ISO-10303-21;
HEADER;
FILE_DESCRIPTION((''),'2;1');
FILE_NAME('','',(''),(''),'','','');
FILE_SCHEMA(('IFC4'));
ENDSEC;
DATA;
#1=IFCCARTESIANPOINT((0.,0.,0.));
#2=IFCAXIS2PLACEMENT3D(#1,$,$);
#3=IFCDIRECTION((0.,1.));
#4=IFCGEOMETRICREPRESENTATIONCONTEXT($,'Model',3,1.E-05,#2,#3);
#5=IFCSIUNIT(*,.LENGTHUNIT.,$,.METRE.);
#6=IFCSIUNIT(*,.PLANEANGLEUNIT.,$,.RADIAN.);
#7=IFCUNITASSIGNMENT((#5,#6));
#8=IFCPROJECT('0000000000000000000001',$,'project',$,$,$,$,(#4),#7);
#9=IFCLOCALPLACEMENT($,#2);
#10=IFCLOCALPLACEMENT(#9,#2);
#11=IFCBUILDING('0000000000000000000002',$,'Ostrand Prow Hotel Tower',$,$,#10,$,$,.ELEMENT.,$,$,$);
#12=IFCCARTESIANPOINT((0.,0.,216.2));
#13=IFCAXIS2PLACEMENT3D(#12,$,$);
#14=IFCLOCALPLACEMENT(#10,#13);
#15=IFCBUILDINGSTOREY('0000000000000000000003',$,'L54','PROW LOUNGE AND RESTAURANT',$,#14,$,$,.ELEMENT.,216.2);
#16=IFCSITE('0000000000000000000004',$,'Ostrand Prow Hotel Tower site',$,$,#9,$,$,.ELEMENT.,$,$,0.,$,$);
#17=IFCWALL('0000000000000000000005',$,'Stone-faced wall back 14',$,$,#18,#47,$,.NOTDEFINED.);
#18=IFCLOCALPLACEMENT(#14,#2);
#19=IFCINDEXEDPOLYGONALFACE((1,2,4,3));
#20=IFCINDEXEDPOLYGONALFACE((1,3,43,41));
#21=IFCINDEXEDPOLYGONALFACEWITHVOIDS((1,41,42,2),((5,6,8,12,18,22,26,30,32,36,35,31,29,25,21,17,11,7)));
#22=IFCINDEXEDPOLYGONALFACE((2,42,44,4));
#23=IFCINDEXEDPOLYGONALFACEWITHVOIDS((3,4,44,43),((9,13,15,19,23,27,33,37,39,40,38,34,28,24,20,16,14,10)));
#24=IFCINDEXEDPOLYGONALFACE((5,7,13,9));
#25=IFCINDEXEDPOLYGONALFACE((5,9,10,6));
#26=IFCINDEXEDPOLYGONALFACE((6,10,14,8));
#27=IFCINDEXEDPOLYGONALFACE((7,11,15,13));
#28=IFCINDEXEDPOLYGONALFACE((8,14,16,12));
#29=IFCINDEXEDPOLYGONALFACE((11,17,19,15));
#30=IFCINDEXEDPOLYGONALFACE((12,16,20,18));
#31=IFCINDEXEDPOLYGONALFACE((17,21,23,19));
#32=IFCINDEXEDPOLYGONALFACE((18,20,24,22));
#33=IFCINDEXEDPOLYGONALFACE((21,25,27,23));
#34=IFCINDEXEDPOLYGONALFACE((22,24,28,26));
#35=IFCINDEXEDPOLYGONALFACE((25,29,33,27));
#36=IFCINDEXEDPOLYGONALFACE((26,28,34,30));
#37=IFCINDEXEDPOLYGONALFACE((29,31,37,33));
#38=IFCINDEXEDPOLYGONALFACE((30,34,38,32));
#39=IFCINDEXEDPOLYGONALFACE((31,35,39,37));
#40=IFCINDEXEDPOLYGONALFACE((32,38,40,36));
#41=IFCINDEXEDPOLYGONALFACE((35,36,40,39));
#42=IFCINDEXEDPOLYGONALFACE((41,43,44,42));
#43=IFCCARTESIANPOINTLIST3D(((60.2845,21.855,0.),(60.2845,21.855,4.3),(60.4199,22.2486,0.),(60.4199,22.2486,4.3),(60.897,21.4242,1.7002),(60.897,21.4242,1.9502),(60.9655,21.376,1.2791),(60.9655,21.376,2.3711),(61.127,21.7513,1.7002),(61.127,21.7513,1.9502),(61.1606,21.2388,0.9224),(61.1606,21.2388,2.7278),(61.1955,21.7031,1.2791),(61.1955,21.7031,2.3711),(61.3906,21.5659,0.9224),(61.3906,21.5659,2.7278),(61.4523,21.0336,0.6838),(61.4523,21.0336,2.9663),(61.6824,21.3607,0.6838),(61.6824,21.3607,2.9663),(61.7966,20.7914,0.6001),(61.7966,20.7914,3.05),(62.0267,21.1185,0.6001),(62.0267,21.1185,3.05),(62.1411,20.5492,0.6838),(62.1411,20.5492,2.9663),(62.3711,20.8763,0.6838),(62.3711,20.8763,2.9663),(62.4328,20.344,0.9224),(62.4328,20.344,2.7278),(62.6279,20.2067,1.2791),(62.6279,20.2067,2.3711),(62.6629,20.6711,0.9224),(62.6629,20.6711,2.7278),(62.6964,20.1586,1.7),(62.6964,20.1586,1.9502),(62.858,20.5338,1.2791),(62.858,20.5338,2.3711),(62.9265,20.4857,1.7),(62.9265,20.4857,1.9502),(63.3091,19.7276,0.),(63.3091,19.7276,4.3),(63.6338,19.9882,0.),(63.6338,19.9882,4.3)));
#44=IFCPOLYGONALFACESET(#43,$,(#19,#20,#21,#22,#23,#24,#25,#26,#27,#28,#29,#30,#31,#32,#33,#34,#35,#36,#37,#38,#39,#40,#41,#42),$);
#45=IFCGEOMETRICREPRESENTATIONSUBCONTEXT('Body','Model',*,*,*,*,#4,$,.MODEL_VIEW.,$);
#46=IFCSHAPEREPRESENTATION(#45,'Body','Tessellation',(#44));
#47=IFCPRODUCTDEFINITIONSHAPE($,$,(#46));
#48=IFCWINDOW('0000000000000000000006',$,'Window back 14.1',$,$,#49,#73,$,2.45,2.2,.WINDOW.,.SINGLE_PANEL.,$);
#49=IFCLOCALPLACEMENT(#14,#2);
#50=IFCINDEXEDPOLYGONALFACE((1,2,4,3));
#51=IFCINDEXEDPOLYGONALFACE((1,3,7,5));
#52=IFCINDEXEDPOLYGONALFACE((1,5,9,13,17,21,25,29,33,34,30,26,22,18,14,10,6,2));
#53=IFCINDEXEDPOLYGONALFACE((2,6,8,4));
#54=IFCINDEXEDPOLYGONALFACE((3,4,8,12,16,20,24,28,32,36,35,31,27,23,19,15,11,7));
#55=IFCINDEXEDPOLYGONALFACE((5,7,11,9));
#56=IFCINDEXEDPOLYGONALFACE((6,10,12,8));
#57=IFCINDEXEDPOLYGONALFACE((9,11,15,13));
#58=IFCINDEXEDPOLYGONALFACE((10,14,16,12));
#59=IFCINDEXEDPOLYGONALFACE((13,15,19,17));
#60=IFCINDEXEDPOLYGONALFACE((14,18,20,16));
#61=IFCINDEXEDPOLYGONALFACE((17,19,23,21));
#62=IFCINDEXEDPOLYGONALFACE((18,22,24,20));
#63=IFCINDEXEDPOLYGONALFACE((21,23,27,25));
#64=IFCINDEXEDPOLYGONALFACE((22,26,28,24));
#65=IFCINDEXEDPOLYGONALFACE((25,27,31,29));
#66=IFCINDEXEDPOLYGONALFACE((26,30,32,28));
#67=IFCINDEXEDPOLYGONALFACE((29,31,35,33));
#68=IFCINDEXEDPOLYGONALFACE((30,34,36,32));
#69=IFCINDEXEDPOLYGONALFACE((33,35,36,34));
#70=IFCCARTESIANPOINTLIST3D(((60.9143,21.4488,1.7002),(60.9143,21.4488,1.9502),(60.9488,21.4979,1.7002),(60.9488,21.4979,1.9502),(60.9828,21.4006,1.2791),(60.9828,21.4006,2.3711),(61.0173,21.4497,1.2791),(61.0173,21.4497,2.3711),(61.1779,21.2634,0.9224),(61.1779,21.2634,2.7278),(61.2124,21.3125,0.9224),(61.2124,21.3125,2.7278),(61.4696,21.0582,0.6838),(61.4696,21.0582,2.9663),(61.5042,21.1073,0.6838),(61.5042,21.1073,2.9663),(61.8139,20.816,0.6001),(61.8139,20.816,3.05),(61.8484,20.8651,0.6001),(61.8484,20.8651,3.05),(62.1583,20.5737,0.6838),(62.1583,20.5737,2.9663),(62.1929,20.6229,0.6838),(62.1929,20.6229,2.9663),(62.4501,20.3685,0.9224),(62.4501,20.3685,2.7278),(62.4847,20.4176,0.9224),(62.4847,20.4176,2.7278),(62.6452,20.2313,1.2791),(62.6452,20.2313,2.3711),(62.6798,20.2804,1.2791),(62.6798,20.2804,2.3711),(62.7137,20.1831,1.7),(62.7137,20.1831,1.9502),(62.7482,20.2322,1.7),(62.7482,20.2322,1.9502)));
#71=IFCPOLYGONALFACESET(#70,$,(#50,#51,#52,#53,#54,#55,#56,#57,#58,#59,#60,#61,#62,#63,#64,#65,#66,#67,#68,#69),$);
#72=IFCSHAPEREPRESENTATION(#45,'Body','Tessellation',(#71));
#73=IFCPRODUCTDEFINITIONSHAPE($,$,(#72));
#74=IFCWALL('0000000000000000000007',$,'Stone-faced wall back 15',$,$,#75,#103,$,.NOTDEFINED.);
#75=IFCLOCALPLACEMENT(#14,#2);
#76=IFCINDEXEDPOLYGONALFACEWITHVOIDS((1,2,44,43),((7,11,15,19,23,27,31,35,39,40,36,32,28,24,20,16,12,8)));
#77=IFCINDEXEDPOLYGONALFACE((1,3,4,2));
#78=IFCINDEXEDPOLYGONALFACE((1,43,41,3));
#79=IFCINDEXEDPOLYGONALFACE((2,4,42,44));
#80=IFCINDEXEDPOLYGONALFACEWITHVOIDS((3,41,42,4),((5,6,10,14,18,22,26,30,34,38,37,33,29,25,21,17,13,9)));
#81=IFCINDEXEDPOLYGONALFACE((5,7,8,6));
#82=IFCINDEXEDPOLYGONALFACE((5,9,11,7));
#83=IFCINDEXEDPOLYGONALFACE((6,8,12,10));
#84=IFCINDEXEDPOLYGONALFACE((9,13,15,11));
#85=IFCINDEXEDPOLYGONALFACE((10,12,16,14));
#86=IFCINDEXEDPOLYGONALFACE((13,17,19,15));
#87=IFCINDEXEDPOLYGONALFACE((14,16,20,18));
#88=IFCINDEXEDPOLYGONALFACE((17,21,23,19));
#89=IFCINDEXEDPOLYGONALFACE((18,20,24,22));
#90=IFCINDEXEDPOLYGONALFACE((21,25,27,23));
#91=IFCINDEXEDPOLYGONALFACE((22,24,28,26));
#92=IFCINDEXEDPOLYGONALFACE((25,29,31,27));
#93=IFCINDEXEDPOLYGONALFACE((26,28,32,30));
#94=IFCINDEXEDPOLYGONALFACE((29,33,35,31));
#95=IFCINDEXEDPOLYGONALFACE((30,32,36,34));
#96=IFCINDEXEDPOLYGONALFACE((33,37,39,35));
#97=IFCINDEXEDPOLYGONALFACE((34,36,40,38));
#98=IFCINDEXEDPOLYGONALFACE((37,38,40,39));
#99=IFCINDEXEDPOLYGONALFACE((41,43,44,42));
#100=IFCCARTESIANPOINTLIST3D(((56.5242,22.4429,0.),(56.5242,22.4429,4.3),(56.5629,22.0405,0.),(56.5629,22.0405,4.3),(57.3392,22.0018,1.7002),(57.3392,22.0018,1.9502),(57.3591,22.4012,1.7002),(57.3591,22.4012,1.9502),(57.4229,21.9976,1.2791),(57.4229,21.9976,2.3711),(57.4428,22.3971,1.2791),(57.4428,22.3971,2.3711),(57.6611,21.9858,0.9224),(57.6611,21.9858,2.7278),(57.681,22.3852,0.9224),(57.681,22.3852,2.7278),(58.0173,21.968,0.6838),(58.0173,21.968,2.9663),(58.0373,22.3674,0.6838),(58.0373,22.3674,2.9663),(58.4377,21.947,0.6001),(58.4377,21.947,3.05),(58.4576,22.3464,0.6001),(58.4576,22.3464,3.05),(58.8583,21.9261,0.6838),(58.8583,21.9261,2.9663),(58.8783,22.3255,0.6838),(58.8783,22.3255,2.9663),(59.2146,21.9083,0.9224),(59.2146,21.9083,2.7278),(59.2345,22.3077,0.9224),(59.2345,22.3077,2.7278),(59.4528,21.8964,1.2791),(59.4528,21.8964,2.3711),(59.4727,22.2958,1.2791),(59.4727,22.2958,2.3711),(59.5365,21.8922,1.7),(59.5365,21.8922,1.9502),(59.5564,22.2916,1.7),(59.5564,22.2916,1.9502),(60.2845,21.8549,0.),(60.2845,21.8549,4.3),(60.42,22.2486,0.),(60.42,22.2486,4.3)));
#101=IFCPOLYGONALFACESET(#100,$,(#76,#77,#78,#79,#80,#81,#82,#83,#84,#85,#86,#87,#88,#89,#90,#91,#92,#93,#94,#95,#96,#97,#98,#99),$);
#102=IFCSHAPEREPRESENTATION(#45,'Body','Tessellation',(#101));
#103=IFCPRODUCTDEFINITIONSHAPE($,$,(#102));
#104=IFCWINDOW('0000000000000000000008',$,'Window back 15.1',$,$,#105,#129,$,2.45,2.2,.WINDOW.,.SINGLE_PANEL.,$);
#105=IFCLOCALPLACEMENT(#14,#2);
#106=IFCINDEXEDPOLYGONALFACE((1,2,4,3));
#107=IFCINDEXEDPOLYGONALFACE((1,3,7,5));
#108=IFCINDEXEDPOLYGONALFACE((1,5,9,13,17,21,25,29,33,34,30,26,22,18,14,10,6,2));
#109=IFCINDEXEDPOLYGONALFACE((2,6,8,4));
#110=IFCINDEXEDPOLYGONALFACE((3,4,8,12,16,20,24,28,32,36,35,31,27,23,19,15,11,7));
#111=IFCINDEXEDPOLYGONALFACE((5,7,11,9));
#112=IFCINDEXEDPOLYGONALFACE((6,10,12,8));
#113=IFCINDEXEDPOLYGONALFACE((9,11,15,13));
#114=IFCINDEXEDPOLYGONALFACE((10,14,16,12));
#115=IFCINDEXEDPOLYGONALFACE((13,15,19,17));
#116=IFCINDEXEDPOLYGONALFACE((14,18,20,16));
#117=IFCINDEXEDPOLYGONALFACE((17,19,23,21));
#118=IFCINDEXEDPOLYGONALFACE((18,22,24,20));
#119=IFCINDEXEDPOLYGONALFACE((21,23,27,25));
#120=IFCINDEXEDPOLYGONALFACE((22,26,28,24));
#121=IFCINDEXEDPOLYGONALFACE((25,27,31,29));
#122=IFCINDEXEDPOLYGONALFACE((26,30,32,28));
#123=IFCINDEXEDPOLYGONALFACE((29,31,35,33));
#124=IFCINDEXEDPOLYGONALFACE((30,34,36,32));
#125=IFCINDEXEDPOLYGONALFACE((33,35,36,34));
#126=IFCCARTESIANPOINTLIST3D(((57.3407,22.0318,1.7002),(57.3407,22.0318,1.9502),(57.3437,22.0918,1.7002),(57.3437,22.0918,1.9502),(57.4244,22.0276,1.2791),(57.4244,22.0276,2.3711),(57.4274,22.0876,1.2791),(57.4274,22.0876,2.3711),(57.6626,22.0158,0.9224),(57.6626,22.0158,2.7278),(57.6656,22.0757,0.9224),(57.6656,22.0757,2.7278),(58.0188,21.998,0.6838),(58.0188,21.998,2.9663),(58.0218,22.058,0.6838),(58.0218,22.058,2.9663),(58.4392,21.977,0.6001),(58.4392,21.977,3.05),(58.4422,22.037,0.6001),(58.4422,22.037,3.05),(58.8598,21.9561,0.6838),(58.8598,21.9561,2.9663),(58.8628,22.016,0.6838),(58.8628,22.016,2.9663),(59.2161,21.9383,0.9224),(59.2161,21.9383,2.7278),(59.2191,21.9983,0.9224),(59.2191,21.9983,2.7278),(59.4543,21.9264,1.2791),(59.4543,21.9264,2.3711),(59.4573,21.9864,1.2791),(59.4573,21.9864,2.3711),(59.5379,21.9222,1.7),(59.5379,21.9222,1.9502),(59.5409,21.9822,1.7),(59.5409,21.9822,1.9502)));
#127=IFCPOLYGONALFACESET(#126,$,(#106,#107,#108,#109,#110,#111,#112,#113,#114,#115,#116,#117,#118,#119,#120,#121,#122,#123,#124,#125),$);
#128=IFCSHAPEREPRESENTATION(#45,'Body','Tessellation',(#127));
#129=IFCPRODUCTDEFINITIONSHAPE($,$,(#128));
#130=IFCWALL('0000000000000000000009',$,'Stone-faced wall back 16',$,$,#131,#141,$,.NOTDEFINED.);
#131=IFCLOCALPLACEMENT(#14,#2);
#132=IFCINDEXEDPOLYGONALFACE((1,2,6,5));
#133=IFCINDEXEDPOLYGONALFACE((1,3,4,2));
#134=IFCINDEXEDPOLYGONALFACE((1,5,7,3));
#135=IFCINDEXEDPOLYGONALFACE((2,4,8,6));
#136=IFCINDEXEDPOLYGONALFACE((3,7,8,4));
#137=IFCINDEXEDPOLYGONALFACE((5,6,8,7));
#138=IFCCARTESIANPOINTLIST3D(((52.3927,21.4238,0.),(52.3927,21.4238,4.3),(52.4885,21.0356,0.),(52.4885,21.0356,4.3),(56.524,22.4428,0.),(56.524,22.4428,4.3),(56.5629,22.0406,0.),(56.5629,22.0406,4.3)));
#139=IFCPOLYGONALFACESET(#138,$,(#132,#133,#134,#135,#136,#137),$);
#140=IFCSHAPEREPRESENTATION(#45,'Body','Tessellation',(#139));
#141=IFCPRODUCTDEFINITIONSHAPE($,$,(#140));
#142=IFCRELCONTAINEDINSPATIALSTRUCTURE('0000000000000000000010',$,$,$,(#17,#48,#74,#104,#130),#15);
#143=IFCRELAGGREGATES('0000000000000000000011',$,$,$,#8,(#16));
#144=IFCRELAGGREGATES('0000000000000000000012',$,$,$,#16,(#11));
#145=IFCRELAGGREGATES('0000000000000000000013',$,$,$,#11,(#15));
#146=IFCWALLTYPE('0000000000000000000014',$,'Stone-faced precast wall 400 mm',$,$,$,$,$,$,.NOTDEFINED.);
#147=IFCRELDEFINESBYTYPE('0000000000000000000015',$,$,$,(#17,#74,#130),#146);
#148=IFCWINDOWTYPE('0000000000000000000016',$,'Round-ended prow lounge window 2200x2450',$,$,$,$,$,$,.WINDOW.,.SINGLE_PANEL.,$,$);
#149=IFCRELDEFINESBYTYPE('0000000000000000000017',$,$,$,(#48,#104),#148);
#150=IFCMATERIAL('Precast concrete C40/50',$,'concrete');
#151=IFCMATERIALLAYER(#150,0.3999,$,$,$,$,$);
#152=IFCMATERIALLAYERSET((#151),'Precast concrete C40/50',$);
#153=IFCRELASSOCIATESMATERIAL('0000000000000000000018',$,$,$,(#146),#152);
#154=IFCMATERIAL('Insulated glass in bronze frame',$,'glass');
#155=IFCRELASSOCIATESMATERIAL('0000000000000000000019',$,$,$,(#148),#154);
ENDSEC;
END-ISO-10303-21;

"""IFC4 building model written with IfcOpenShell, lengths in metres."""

from ifc_helpers import new_model, si_unit, direction, frame, origin, place, context, subcontext, project, spatial, polyline, outline, extrude, material, layer, layer_set, type_object, element, fill, save


model = new_model("IFC4")

# Units and contexts
model_context = context("Model", 3, precision=1e-05, world=origin(), true_north=direction((0.0, 1.0)))
body_context = subcontext(model_context, "Body", "Model", "MODEL_VIEW")
ifc_project = project(units=[si_unit("LENGTHUNIT", "METRE"), si_unit("PLANEANGLEUNIT", "RADIAN")], contexts=[model_context])

# Site, building, storey
site_placement = place(None, origin())
site = spatial("IfcSite", under=ifc_project, at=site_placement, Name="Ostrand Prow Hotel Tower site", CompositionType="ELEMENT", RefElevation=0.0)
building_placement = place(site_placement, origin())
building = spatial("IfcBuilding", under=site, at=building_placement, Name="Ostrand Prow Hotel Tower", CompositionType="ELEMENT")
storey_placement = place(building_placement, frame((0.0, 0.0, 216.2)))
storey = spatial("IfcBuildingStorey", under=building, at=storey_placement, Name="L54", Description="PROW LOUNGE AND RESTAURANT", CompositionType="ELEMENT", Elevation=216.2)

# Walls, openings, windows
ifc_material_1 = material(Name="Precast concrete C40/50", Category="concrete")
ifc_layer_1 = layer(ifc_material_1, 0.3999)
ifc_layer_set_1 = layer_set([ifc_layer_1], Name="Precast concrete C40/50")
wall_type_1 = type_object("IfcWallType", Name="Stone-faced precast wall 400 mm", PredefinedType="NOTDEFINED", material=ifc_layer_set_1)
ifc_material_2 = material(Name="Insulated glass in bronze frame", Category="glass")
window_type = type_object("IfcWindowType", Name="Round-ended prow lounge window 2200x2450", PartitioningType="SINGLE_PANEL", PredefinedType="WINDOW", material=ifc_material_2)
wall_1_placement = place(storey_placement, frame((63.4714, 19.8579, 0.0), z_axis=(0.0, 0.0, 1.0), x_axis=(-0.817943, 0.5753, 0.0)))
wall_1 = element("IfcWall", 1, at=wall_1_placement, inside=storey, type_object=wall_type_1, Name="Stone-faced wall back 14", PredefinedType="NOTDEFINED", context=body_context, shape_type="SweptSolid", body=[
    extrude(outline(polyline([(-0.0579, -0.2), (3.8713, -0.2), (3.7556, 0.2), (0.0579, 0.2), (-0.0579, -0.2)])), origin(), (0.0, 0.0, 1.0), 4.3),
])
opening_1_placement = place(wall_1_placement, frame((0.8069, 0.0, 0.6001)))
opening_1 = element("IfcOpeningElement", 2, at=opening_1_placement, cuts=wall_1, PredefinedType="OPENING", context=body_context, shape_type="SweptSolid", body=[
    extrude(outline(polyline([(0.0, 1.3501), (0.0837, 1.771), (0.3223, 2.1277), (0.679, 2.3662), (1.1001, 2.45), (1.521, 2.3662), (1.8777, 2.1277), (2.1162, 1.771), (2.2, 1.3501), (2.2, 1.1001), (2.1162, 0.679), (1.8777, 0.3223), (1.521, 0.0837), (1.1001, 0.0), (0.679, 0.0837), (0.3223, 0.3223), (0.0837, 0.679), (0.0, 1.0999), (0.0, 1.3501)])), frame((0.0, 0.21, 0.0), z_axis=(0.0, -1.0, 0.0), x_axis=(1.0, 0.0, 0.0)), (0.0, 0.0, 1.0), 0.4199),
])
window_1_placement = place(opening_1_placement, origin())
window_1 = element("IfcWindow", 3, at=window_1_placement, inside=storey, type_object=window_type, Name="Window back 14.1", OverallHeight=2.45, OverallWidth=2.2, PartitioningType="SINGLE_PANEL", PredefinedType="WINDOW", context=body_context, shape_type="SweptSolid", body=[
    extrude(outline(polyline([(0.0, 1.3501), (0.0837, 1.771), (0.3223, 2.1277), (0.679, 2.3662), (1.1001, 2.45), (1.521, 2.3662), (1.8777, 2.1277), (2.1162, 1.771), (2.2, 1.3501), (2.2, 1.1001), (2.1162, 0.679), (1.8777, 0.3223), (1.521, 0.0837), (1.1001, 0.0), (0.679, 0.0837), (0.3223, 0.3223), (0.0837, 0.679), (0.0, 1.0999), (0.0, 1.3501)])), frame((0.0, 0.1699, 0.0), z_axis=(0.0, -1.0, 0.0), x_axis=(1.0, 0.0, 0.0)), (0.0, 0.0, 1.0), 0.0601),
])
fill(opening_1, window_1)
wall_2_placement = place(storey_placement, frame((60.3523, 22.0518, 0.0), z_axis=(0.0, 0.0, 1.0), x_axis=(-0.998759, 0.049807, 0.0)))
wall_2 = element("IfcWall", 4, at=wall_2_placement, inside=storey, type_object=wall_type_1, Name="Stone-faced wall back 15", PredefinedType="NOTDEFINED", context=body_context, shape_type="SweptSolid", body=[
    extrude(outline(polyline([(-0.0579, -0.2), (3.8428, -0.2), (3.7842, 0.2), (0.0579, 0.2), (-0.0579, -0.2)])), origin(), (0.0, 0.0, 1.0), 4.3),
])
opening_2_placement = place(wall_2_placement, frame((0.8069, 0.0, 0.6001)))
opening_2 = element("IfcOpeningElement", 5, at=opening_2_placement, cuts=wall_2, PredefinedType="OPENING", context=body_context, shape_type="SweptSolid", body=[
    extrude(outline(polyline([(0.0, 1.3501), (0.0837, 1.771), (0.3223, 2.1277), (0.679, 2.3662), (1.1001, 2.45), (1.521, 2.3662), (1.8777, 2.1277), (2.1162, 1.771), (2.2, 1.3501), (2.2, 1.1001), (2.1162, 0.679), (1.8777, 0.3223), (1.521, 0.0837), (1.1001, 0.0), (0.679, 0.0837), (0.3223, 0.3223), (0.0837, 0.679), (0.0, 1.0999), (0.0, 1.3501)])), frame((0.0, 0.21, 0.0), z_axis=(0.0, -1.0, 0.0), x_axis=(1.0, 0.0, 0.0)), (0.0, 0.0, 1.0), 0.4199),
])
window_2_placement = place(opening_2_placement, origin())
window_2 = element("IfcWindow", 6, at=window_2_placement, inside=storey, type_object=window_type, Name="Window back 15.1", OverallHeight=2.45, OverallWidth=2.2, PartitioningType="SINGLE_PANEL", PredefinedType="WINDOW", context=body_context, shape_type="SweptSolid", body=[
    extrude(outline(polyline([(0.0, 1.3501), (0.0837, 1.771), (0.3223, 2.1277), (0.679, 2.3662), (1.1001, 2.45), (1.521, 2.3662), (1.8777, 2.1277), (2.1162, 1.771), (2.2, 1.3501), (2.2, 1.1001), (2.1162, 0.679), (1.8777, 0.3223), (1.521, 0.0837), (1.1001, 0.0), (0.679, 0.0837), (0.3223, 0.3223), (0.0837, 0.679), (0.0, 1.0999), (0.0, 1.3501)])), frame((0.0, 0.1699, 0.0), z_axis=(0.0, -1.0, 0.0), x_axis=(1.0, 0.0, 0.0)), (0.0, 0.0, 1.0), 0.0601),
])
fill(opening_2, window_2)

# Wall
wall_3_placement = place(storey_placement, frame((56.5435, 22.2417, 0.0), z_axis=(0.0, 0.0, 1.0), x_axis=(-0.970902, -0.239476, 0.0)))
element("IfcWall", 7, at=wall_3_placement, inside=storey, type_object=wall_type_1, Name="Stone-faced wall back 16", PredefinedType="NOTDEFINED", context=body_context, shape_type="SweptSolid", body=[
    extrude(outline(polyline([(-0.0293, -0.2), (4.2258, -0.2), (4.2258, 0.2), (0.0293, 0.2), (-0.0293, -0.2)])), origin(), (0.0, 0.0, 1.0), 4.3),
])

save(model, "model.ifc")
